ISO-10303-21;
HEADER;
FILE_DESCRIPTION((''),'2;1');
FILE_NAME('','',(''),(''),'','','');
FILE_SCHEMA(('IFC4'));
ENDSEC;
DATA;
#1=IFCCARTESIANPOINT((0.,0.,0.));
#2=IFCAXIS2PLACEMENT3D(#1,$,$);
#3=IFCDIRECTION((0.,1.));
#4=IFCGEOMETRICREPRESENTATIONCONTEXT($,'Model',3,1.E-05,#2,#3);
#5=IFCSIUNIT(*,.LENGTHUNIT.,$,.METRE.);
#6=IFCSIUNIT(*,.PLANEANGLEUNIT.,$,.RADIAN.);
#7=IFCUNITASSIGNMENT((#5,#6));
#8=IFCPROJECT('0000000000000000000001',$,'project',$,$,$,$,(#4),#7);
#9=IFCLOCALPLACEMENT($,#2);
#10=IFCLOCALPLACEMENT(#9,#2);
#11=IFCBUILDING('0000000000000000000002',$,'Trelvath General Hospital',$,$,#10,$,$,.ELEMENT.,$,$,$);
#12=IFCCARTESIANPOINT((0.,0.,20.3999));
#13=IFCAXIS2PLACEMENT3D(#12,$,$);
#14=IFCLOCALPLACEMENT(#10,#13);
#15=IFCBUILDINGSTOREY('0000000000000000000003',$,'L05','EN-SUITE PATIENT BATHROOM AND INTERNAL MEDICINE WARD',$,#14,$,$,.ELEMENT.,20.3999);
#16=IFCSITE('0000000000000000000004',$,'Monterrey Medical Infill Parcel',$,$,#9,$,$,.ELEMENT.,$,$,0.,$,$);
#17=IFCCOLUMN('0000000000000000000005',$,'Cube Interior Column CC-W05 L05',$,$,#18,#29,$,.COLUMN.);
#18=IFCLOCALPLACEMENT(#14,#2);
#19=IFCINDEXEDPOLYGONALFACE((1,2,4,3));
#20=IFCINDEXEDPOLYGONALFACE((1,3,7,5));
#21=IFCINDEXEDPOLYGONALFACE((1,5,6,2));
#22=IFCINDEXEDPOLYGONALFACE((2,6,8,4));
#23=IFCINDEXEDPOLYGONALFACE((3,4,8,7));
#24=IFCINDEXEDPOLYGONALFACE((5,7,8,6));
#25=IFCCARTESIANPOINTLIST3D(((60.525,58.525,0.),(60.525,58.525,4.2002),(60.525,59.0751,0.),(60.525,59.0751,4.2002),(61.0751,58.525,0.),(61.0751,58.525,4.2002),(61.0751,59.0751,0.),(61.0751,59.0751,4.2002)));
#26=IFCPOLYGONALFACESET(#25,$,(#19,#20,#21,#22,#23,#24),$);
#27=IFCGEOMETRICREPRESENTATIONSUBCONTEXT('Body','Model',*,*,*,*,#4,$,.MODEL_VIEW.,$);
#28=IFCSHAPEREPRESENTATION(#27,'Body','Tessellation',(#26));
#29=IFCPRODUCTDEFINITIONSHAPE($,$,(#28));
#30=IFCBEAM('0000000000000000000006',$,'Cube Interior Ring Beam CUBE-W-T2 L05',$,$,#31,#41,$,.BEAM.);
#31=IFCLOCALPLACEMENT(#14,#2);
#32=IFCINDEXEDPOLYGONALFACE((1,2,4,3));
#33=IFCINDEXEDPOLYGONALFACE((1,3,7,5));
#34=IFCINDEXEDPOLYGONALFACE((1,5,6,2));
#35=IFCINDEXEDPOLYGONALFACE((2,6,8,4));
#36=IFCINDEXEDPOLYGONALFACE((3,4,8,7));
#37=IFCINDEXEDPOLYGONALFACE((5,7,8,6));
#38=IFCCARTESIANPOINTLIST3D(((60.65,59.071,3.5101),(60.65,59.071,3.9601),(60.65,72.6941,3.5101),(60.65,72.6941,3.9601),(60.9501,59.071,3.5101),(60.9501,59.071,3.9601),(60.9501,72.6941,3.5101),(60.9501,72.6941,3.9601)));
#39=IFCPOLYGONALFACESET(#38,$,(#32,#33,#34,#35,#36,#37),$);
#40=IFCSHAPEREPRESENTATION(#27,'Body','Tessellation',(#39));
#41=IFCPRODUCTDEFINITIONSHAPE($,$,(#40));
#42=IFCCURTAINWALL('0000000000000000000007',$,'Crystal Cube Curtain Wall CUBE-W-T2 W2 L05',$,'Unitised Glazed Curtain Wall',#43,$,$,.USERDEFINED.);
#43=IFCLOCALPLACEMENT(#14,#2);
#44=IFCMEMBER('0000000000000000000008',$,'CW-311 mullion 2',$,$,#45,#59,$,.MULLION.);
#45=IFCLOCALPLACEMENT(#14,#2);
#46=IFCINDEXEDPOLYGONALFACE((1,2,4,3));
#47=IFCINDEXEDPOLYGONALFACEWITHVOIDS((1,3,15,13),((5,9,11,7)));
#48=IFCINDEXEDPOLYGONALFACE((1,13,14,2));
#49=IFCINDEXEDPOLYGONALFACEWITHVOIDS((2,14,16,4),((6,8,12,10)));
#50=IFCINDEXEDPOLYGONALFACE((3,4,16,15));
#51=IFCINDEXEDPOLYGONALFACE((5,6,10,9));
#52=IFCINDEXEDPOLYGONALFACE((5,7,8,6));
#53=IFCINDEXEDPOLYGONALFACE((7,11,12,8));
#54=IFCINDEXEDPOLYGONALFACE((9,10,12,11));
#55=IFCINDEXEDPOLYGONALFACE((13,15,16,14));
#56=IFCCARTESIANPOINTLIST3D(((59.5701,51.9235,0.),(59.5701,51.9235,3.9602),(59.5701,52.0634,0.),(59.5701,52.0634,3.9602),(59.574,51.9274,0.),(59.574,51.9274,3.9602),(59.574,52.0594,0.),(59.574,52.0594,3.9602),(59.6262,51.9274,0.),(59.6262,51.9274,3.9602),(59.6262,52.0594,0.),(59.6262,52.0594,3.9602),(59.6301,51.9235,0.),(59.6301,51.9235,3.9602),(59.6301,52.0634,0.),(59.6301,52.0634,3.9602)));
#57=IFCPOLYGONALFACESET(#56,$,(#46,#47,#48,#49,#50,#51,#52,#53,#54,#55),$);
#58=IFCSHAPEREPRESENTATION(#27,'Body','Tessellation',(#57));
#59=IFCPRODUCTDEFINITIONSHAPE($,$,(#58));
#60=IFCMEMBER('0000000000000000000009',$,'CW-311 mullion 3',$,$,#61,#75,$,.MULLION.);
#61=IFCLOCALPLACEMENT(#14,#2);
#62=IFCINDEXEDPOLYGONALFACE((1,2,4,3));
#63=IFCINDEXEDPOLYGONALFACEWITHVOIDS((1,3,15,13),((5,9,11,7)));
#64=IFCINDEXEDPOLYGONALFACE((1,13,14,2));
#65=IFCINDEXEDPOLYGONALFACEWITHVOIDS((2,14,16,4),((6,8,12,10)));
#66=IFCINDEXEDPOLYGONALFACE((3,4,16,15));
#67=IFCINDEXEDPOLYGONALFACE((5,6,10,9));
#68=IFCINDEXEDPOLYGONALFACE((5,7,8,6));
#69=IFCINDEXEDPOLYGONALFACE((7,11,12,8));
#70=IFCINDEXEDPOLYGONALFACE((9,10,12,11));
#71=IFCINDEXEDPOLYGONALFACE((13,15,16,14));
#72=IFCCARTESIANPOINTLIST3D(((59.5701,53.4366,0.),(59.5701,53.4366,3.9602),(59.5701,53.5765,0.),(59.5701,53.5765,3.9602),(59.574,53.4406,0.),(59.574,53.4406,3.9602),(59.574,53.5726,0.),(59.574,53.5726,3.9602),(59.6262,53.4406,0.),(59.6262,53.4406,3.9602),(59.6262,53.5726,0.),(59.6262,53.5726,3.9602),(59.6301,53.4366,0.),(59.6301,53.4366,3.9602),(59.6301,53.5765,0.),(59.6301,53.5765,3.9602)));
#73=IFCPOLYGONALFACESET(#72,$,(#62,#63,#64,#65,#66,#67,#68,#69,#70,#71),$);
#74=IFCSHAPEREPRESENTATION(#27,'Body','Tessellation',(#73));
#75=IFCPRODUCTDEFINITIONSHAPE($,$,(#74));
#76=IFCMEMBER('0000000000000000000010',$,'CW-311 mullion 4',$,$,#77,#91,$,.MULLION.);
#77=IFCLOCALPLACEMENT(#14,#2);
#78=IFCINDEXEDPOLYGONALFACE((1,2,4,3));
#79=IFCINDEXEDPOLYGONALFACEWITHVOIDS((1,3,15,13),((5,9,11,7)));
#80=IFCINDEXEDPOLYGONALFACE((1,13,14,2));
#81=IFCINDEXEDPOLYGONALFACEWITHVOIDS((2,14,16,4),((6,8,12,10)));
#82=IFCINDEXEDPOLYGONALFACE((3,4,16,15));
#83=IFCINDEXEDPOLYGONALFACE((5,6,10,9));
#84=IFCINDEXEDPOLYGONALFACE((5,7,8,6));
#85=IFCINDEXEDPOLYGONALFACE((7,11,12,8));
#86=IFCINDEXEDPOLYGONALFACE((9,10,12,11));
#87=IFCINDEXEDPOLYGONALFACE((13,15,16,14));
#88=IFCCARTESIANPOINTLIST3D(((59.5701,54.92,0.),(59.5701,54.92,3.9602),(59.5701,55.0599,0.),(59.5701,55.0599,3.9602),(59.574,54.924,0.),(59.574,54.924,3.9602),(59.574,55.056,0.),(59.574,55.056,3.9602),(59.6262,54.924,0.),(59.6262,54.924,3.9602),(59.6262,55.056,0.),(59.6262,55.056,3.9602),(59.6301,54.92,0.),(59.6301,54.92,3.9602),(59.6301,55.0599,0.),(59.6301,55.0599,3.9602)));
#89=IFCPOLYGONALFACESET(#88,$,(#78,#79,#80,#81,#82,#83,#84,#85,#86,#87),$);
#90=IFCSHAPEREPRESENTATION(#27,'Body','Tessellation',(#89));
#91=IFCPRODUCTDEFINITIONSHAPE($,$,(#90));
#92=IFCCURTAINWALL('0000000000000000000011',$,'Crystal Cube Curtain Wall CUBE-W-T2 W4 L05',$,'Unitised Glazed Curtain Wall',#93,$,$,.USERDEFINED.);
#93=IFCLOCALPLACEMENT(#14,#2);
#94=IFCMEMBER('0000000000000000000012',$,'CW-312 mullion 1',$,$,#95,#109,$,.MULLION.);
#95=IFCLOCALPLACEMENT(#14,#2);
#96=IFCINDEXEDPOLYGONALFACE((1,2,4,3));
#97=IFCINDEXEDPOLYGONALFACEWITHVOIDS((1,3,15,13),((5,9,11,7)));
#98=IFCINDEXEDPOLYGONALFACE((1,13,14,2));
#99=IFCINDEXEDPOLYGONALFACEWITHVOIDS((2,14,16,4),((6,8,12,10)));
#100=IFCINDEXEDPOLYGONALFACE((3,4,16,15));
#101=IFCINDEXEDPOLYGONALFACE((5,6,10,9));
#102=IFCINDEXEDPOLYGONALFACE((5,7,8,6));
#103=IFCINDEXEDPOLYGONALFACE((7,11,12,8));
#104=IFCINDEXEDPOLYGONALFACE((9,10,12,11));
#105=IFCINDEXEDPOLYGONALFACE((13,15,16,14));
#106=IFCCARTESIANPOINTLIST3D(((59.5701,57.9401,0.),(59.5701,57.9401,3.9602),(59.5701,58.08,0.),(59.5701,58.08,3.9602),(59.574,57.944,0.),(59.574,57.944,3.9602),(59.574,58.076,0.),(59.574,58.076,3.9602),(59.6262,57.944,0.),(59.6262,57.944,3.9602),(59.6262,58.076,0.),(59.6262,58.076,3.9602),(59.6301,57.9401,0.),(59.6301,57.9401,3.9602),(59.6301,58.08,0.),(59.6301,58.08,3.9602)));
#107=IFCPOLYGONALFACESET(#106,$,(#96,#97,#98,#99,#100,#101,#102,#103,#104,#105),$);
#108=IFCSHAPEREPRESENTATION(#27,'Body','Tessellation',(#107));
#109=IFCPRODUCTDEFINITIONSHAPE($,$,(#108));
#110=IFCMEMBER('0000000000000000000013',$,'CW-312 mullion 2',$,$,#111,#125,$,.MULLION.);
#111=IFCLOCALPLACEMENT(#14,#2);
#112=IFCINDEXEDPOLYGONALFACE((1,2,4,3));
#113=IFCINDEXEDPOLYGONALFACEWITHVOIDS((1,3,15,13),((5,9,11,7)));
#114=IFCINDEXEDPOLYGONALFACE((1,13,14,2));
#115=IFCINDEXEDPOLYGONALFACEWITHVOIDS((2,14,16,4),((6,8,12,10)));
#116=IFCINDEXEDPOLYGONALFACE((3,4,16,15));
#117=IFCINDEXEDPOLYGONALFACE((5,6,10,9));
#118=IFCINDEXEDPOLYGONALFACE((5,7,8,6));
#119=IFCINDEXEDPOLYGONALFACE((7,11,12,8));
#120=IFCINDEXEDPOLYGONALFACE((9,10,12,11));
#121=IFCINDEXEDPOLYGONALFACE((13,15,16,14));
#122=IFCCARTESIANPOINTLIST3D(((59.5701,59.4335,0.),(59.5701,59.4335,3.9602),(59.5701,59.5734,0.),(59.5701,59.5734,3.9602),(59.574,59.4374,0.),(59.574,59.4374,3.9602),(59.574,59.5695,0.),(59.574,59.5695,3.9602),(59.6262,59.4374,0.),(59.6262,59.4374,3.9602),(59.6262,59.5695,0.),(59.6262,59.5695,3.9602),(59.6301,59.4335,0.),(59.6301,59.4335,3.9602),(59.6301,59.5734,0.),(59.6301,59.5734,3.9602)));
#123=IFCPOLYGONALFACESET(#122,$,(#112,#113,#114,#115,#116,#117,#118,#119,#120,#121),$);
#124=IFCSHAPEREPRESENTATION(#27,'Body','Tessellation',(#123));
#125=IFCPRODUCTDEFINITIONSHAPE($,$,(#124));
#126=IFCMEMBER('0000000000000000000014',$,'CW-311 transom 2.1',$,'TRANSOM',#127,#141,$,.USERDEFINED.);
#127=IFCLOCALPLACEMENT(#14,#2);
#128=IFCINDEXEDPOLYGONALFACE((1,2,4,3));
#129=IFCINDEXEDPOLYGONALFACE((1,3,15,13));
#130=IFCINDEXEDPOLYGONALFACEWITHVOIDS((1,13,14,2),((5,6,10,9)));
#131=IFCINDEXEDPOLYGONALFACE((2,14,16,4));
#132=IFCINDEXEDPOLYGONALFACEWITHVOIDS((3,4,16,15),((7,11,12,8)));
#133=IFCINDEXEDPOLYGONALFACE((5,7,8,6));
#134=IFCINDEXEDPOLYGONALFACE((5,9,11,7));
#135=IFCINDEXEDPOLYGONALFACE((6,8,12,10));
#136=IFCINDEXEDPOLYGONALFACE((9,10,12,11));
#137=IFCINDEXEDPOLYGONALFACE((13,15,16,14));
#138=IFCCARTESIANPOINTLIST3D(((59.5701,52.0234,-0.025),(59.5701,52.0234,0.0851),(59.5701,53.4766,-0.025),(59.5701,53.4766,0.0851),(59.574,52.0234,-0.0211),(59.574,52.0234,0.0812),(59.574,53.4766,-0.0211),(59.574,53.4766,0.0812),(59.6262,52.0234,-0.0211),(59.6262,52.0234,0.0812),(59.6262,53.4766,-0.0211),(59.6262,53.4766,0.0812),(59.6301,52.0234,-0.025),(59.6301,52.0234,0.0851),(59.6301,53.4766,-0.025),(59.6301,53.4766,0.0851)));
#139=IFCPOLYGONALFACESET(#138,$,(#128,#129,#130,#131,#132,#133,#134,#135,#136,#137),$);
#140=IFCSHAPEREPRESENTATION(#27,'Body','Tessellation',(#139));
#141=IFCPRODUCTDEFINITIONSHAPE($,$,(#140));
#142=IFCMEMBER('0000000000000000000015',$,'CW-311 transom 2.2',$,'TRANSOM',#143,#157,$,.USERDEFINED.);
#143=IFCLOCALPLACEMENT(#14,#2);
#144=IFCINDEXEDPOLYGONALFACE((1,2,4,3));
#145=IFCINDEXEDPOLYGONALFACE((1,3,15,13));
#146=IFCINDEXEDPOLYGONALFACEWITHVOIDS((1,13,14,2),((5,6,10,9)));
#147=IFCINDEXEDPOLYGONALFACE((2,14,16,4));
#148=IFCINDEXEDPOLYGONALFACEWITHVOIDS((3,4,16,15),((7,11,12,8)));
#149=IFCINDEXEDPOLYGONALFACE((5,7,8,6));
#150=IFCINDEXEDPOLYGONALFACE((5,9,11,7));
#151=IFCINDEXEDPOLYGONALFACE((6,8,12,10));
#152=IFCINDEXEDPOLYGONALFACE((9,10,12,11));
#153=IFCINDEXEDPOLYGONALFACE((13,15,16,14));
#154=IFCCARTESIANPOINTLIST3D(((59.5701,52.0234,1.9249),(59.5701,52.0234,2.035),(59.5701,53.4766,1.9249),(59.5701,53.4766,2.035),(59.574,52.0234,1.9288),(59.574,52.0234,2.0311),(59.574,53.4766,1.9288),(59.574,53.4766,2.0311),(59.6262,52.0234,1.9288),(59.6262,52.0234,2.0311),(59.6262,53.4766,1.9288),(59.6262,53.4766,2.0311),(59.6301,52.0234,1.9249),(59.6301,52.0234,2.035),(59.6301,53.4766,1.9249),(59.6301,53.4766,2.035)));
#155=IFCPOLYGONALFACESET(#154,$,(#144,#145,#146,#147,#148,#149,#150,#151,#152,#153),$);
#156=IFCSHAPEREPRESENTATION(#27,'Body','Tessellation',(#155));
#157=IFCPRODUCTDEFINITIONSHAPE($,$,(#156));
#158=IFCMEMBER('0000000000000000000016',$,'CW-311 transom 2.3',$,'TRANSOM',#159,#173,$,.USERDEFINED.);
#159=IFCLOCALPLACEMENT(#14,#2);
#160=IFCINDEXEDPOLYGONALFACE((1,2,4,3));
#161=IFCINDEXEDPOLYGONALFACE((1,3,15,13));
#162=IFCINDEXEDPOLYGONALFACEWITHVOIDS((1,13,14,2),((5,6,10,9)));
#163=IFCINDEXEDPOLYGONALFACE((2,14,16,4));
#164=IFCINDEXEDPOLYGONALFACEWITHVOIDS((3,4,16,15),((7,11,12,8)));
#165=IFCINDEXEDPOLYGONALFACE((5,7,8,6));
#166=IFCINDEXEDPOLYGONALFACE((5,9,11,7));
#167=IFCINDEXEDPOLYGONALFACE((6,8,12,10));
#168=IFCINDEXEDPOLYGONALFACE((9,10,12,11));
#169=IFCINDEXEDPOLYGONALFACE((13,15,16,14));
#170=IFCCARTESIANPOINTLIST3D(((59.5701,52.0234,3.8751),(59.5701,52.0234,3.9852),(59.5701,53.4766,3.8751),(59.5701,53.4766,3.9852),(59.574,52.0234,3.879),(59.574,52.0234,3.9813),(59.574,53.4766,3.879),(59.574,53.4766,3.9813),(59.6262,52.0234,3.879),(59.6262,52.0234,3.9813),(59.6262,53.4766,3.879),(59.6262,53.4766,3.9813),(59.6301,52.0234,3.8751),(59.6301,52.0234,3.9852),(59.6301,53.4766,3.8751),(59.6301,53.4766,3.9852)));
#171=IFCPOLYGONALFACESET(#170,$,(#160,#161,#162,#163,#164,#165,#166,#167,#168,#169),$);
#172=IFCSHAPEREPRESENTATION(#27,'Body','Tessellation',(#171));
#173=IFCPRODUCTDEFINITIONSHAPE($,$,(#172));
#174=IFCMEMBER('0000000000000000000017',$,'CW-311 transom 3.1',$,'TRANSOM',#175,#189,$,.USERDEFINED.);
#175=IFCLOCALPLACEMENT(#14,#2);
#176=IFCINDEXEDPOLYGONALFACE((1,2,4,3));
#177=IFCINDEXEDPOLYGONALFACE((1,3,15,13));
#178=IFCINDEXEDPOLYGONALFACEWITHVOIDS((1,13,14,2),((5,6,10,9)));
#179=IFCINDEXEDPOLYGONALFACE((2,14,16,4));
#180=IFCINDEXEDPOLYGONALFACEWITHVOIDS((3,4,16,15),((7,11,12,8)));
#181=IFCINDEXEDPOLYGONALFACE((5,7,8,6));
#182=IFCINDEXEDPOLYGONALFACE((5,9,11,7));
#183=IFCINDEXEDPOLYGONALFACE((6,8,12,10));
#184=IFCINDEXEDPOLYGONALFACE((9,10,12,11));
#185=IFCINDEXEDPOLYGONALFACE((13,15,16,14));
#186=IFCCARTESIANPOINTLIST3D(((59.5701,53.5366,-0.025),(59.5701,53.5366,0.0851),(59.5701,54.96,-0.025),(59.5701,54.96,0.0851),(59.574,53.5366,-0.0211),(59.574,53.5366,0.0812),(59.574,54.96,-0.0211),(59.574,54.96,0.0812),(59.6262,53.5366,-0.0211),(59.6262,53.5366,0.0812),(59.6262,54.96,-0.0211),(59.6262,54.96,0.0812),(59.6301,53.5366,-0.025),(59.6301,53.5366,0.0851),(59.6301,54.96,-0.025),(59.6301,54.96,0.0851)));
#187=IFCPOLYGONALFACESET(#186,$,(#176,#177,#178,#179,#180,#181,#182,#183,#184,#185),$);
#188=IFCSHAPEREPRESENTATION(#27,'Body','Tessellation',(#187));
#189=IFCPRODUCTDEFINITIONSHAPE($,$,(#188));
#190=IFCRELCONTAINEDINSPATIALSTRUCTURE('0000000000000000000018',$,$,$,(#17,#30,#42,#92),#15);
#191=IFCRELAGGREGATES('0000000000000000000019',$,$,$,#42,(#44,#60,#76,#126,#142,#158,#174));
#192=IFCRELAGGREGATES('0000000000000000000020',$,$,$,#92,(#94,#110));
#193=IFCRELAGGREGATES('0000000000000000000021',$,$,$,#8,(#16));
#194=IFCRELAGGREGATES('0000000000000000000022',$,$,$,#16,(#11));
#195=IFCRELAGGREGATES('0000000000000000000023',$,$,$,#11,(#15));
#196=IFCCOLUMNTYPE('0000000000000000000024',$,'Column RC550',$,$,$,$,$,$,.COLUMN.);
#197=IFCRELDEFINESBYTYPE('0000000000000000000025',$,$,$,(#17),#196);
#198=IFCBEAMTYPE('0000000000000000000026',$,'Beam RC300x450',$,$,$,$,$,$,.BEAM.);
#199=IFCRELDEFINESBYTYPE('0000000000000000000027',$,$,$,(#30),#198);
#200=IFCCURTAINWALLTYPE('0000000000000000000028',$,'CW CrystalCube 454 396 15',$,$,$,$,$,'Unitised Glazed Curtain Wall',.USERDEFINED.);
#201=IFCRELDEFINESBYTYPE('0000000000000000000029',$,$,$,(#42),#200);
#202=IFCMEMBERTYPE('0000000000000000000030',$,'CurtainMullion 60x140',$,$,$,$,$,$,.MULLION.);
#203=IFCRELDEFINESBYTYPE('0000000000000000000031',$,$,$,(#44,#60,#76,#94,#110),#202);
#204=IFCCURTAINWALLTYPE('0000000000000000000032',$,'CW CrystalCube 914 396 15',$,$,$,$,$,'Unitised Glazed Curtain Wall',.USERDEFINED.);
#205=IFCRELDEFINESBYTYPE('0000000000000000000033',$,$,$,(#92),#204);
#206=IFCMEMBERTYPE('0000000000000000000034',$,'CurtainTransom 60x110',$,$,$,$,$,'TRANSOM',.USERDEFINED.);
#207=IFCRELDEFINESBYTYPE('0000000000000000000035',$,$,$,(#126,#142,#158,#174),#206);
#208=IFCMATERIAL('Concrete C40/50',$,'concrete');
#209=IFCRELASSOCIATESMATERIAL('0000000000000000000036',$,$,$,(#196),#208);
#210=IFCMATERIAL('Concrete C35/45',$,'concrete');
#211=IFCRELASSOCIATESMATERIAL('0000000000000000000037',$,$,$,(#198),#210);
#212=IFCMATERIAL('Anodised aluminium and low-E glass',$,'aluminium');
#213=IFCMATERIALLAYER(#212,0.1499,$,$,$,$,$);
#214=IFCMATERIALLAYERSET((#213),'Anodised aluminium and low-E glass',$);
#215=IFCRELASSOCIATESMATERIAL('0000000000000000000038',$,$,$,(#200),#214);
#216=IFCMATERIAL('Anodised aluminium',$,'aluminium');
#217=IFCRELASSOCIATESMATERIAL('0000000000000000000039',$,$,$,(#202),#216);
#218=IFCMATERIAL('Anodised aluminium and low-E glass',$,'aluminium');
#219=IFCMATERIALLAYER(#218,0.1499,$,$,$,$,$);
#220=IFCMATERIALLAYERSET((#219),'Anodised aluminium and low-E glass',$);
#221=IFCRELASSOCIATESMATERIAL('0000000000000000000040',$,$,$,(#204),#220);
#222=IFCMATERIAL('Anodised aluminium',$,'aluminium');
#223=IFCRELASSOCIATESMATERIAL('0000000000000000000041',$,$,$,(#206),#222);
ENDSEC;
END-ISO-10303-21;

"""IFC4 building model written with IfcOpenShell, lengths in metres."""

from ifc_helpers import new_model, si_unit, direction, frame, origin, origin_2d, place, context, subcontext, project, spatial, rectangle, hollow_rectangle, extrude, material, layer, layer_set, material_profile, profile_set, type_object, element, aggregate, save


model = new_model("IFC4")

# Units and contexts
model_context = context("Model", 3, precision=1e-05, world=origin(), true_north=direction((0.0, 1.0)))
body_context = subcontext(model_context, "Body", "Model", "MODEL_VIEW")
ifc_project = project(units=[si_unit("LENGTHUNIT", "METRE"), si_unit("PLANEANGLEUNIT", "RADIAN")], contexts=[model_context])

# Site, building, storey
site_placement = place(None, origin())
site = spatial("IfcSite", under=ifc_project, at=site_placement, Name="Monterrey Medical Infill Parcel", CompositionType="ELEMENT", RefElevation=0.0)
building_placement = place(site_placement, origin())
building = spatial("IfcBuilding", under=site, at=building_placement, Name="Trelvath General Hospital", CompositionType="ELEMENT")
storey_placement = place(building_placement, frame((0.0, 0.0, 20.3999)))
storey = spatial("IfcBuildingStorey", under=building, at=storey_placement, Name="L05", Description="EN-SUITE PATIENT BATHROOM AND INTERNAL MEDICINE WARD", CompositionType="ELEMENT", Elevation=20.3999)

# Column
ifc_material_1 = material(Name="Concrete C40/50", Category="concrete")
ifc_material_profile_1 = material_profile(ifc_material_1, rectangle(XDim=0.55, YDim=0.55, at=origin_2d()), Name="RC550x550")
ifc_profile_set_1 = profile_set([ifc_material_profile_1], Name="Concrete C40/50")
column_type = type_object("IfcColumnType", Name="Column RC550", PredefinedType="COLUMN", material=ifc_profile_set_1)
column_placement = place(storey_placement, frame((60.8, 58.8, 0.0), z_axis=(0.0, 0.0, 1.0), x_axis=(1.0, 0.0, 0.0)))
element("IfcColumn", 1, at=column_placement, inside=storey, type_object=column_type, Name="Cube Interior Column CC-W05 L05", PredefinedType="COLUMN", context=body_context, shape_type="SweptSolid", body=[
    extrude(rectangle(XDim=0.55, YDim=0.55, at=origin_2d()), origin(), (0.0, 0.0, 1.0), 4.2002),
])

# Beam
ifc_material_2 = material(Name="Concrete C35/45", Category="concrete")
ifc_material_profile_2 = material_profile(ifc_material_2, rectangle(XDim=0.3, YDim=0.45, at=origin_2d()), Name="RCB300x450")
ifc_profile_set_2 = profile_set([ifc_material_profile_2], Name="Concrete C35/45")
beam_type = type_object("IfcBeamType", Name="Beam RC300x450", PredefinedType="BEAM", material=ifc_profile_set_2)
beam_placement = place(storey_placement, frame((60.8, 59.071, 3.7351), z_axis=(0.0, 1.0, 0.0), x_axis=(-1.0, 0.0, 0.0)))
element("IfcBeam", 2, at=beam_placement, inside=storey, type_object=beam_type, Name="Cube Interior Ring Beam CUBE-W-T2 L05", PredefinedType="BEAM", context=body_context, shape_type="SweptSolid", body=[
    extrude(rectangle(XDim=0.3, YDim=0.45, at=origin_2d()), origin(), (0.0, 0.0, 1.0), 13.623),
])

# Curtain walls, members
ifc_material_3 = material(Name="Anodised aluminium and low-E glass", Category="aluminium")
ifc_layer_1 = layer(ifc_material_3, 0.1499)
ifc_layer_set_1 = layer_set([ifc_layer_1], Name="Anodised aluminium and low-E glass")
curtain_wall_type_1 = type_object("IfcCurtainWallType", Name="CW CrystalCube 454 396 15", ElementType="Unitised Glazed Curtain Wall", PredefinedType="USERDEFINED", material=ifc_layer_set_1)
curtain_wall_1_placement = place(storey_placement, origin())
curtain_wall_1 = element("IfcCurtainWall", 3, at=curtain_wall_1_placement, inside=storey, type_object=curtain_wall_type_1, Name="Crystal Cube Curtain Wall CUBE-W-T2 W2 L05", ObjectType="Unitised Glazed Curtain Wall", PredefinedType="USERDEFINED")
ifc_material_4 = material(Name="Anodised aluminium", Category="aluminium")
ifc_material_profile_3 = material_profile(ifc_material_4, hollow_rectangle(XDim=0.0601, YDim=0.1399, WallThickness=0.0039, at=origin_2d()), Name="RHS60x140x4")
ifc_profile_set_3 = profile_set([ifc_material_profile_3], Name="Anodised aluminium")
member_type_1 = type_object("IfcMemberType", Name="CurtainMullion 60x140", PredefinedType="MULLION", material=ifc_profile_set_3)
member_1_placement = place(storey_placement, frame((59.6001, 51.9934, 0.0), z_axis=(0.0, 0.0, 1.0), x_axis=(-1.0, 0.0, 0.0)))
member_1 = element("IfcMember", 4, at=member_1_placement, type_object=member_type_1, Name="CW-311 mullion 2", PredefinedType="MULLION", context=body_context, shape_type="SweptSolid", body=[
    extrude(hollow_rectangle(XDim=0.0601, YDim=0.1399, WallThickness=0.0039, at=origin_2d()), origin(), (0.0, 0.0, 1.0), 3.9602),
])
member_2_placement = place(storey_placement, frame((59.6001, 53.5066, 0.0), z_axis=(0.0, 0.0, 1.0), x_axis=(-1.0, 0.0, 0.0)))
member_2 = element("IfcMember", 5, at=member_2_placement, type_object=member_type_1, Name="CW-311 mullion 3", PredefinedType="MULLION", context=body_context, shape_type="SweptSolid", body=[
    extrude(hollow_rectangle(XDim=0.0601, YDim=0.1399, WallThickness=0.0039, at=origin_2d()), origin(), (0.0, 0.0, 1.0), 3.9602),
])
member_3_placement = place(storey_placement, frame((59.6001, 54.99, 0.0), z_axis=(0.0, 0.0, 1.0), x_axis=(-1.0, 0.0, 0.0)))
member_3 = element("IfcMember", 6, at=member_3_placement, type_object=member_type_1, Name="CW-311 mullion 4", PredefinedType="MULLION", context=body_context, shape_type="SweptSolid", body=[
    extrude(hollow_rectangle(XDim=0.0601, YDim=0.1399, WallThickness=0.0039, at=origin_2d()), origin(), (0.0, 0.0, 1.0), 3.9602),
])
ifc_material_5 = material(Name="Anodised aluminium and low-E glass", Category="aluminium")
ifc_layer_2 = layer(ifc_material_5, 0.1499)
ifc_layer_set_2 = layer_set([ifc_layer_2], Name="Anodised aluminium and low-E glass")
curtain_wall_type_2 = type_object("IfcCurtainWallType", Name="CW CrystalCube 914 396 15", ElementType="Unitised Glazed Curtain Wall", PredefinedType="USERDEFINED", material=ifc_layer_set_2)
curtain_wall_2_placement = place(storey_placement, origin())
curtain_wall_2 = element("IfcCurtainWall", 7, at=curtain_wall_2_placement, inside=storey, type_object=curtain_wall_type_2, Name="Crystal Cube Curtain Wall CUBE-W-T2 W4 L05", ObjectType="Unitised Glazed Curtain Wall", PredefinedType="USERDEFINED")
member_4_placement = place(storey_placement, frame((59.6001, 58.01, 0.0), z_axis=(0.0, 0.0, 1.0), x_axis=(-1.0, 0.0, 0.0)))
member_4 = element("IfcMember", 8, at=member_4_placement, type_object=member_type_1, Name="CW-312 mullion 1", PredefinedType="MULLION", context=body_context, shape_type="SweptSolid", body=[
    extrude(hollow_rectangle(XDim=0.0601, YDim=0.1399, WallThickness=0.0039, at=origin_2d()), origin(), (0.0, 0.0, 1.0), 3.9602),
])
member_5_placement = place(storey_placement, frame((59.6001, 59.5034, 0.0), z_axis=(0.0, 0.0, 1.0), x_axis=(-1.0, 0.0, 0.0)))
member_5 = element("IfcMember", 9, at=member_5_placement, type_object=member_type_1, Name="CW-312 mullion 2", PredefinedType="MULLION", context=body_context, shape_type="SweptSolid", body=[
    extrude(hollow_rectangle(XDim=0.0601, YDim=0.1399, WallThickness=0.0039, at=origin_2d()), origin(), (0.0, 0.0, 1.0), 3.9602),
])

# Members
ifc_material_6 = material(Name="Anodised aluminium", Category="aluminium")
ifc_material_profile_4 = material_profile(ifc_material_6, hollow_rectangle(XDim=0.0601, YDim=0.1101, WallThickness=0.0039, at=origin_2d()), Name="RHS60x110x4")
ifc_profile_set_4 = profile_set([ifc_material_profile_4], Name="Anodised aluminium")
member_type_2 = type_object("IfcMemberType", Name="CurtainTransom 60x110", ElementType="TRANSOM", PredefinedType="USERDEFINED", material=ifc_profile_set_4)
member_6_placement = place(storey_placement, frame((59.6001, 52.0234, 0.03), z_axis=(0.0, 1.0, 0.0), x_axis=(-1.0, 0.0, 0.0)))
member_6 = element("IfcMember", 10, at=member_6_placement, type_object=member_type_2, Name="CW-311 transom 2.1", ObjectType="TRANSOM", PredefinedType="USERDEFINED", context=body_context, shape_type="SweptSolid", body=[
    extrude(hollow_rectangle(XDim=0.0601, YDim=0.1101, WallThickness=0.0039, at=origin_2d()), origin(), (0.0, 0.0, 1.0), 1.4531),
])
member_7_placement = place(storey_placement, frame((59.6001, 52.0234, 1.98), z_axis=(0.0, 1.0, 0.0), x_axis=(-1.0, 0.0, 0.0)))
member_7 = element("IfcMember", 11, at=member_7_placement, type_object=member_type_2, Name="CW-311 transom 2.2", ObjectType="TRANSOM", PredefinedType="USERDEFINED", context=body_context, shape_type="SweptSolid", body=[
    extrude(hollow_rectangle(XDim=0.0601, YDim=0.1101, WallThickness=0.0039, at=origin_2d()), origin(), (0.0, 0.0, 1.0), 1.4531),
])
member_8_placement = place(storey_placement, frame((59.6001, 52.0234, 3.9302), z_axis=(0.0, 1.0, 0.0), x_axis=(-1.0, 0.0, 0.0)))
member_8 = element("IfcMember", 12, at=member_8_placement, type_object=member_type_2, Name="CW-311 transom 2.3", ObjectType="TRANSOM", PredefinedType="USERDEFINED", context=body_context, shape_type="SweptSolid", body=[
    extrude(hollow_rectangle(XDim=0.0601, YDim=0.1101, WallThickness=0.0039, at=origin_2d()), origin(), (0.0, 0.0, 1.0), 1.4531),
])
member_9_placement = place(storey_placement, frame((59.6001, 53.5366, 0.03), z_axis=(0.0, 1.0, 0.0), x_axis=(-1.0, 0.0, 0.0)))
member_9 = element("IfcMember", 13, at=member_9_placement, type_object=member_type_2, Name="CW-311 transom 3.1", ObjectType="TRANSOM", PredefinedType="USERDEFINED", context=body_context, shape_type="SweptSolid", body=[
    extrude(hollow_rectangle(XDim=0.0601, YDim=0.1101, WallThickness=0.0039, at=origin_2d()), origin(), (0.0, 0.0, 1.0), 1.4233),
])

aggregate(curtain_wall_1, [member_1, member_2, member_3, member_6, member_7, member_8, member_9])
aggregate(curtain_wall_2, [member_4, member_5])

save(model, "model.ifc")
